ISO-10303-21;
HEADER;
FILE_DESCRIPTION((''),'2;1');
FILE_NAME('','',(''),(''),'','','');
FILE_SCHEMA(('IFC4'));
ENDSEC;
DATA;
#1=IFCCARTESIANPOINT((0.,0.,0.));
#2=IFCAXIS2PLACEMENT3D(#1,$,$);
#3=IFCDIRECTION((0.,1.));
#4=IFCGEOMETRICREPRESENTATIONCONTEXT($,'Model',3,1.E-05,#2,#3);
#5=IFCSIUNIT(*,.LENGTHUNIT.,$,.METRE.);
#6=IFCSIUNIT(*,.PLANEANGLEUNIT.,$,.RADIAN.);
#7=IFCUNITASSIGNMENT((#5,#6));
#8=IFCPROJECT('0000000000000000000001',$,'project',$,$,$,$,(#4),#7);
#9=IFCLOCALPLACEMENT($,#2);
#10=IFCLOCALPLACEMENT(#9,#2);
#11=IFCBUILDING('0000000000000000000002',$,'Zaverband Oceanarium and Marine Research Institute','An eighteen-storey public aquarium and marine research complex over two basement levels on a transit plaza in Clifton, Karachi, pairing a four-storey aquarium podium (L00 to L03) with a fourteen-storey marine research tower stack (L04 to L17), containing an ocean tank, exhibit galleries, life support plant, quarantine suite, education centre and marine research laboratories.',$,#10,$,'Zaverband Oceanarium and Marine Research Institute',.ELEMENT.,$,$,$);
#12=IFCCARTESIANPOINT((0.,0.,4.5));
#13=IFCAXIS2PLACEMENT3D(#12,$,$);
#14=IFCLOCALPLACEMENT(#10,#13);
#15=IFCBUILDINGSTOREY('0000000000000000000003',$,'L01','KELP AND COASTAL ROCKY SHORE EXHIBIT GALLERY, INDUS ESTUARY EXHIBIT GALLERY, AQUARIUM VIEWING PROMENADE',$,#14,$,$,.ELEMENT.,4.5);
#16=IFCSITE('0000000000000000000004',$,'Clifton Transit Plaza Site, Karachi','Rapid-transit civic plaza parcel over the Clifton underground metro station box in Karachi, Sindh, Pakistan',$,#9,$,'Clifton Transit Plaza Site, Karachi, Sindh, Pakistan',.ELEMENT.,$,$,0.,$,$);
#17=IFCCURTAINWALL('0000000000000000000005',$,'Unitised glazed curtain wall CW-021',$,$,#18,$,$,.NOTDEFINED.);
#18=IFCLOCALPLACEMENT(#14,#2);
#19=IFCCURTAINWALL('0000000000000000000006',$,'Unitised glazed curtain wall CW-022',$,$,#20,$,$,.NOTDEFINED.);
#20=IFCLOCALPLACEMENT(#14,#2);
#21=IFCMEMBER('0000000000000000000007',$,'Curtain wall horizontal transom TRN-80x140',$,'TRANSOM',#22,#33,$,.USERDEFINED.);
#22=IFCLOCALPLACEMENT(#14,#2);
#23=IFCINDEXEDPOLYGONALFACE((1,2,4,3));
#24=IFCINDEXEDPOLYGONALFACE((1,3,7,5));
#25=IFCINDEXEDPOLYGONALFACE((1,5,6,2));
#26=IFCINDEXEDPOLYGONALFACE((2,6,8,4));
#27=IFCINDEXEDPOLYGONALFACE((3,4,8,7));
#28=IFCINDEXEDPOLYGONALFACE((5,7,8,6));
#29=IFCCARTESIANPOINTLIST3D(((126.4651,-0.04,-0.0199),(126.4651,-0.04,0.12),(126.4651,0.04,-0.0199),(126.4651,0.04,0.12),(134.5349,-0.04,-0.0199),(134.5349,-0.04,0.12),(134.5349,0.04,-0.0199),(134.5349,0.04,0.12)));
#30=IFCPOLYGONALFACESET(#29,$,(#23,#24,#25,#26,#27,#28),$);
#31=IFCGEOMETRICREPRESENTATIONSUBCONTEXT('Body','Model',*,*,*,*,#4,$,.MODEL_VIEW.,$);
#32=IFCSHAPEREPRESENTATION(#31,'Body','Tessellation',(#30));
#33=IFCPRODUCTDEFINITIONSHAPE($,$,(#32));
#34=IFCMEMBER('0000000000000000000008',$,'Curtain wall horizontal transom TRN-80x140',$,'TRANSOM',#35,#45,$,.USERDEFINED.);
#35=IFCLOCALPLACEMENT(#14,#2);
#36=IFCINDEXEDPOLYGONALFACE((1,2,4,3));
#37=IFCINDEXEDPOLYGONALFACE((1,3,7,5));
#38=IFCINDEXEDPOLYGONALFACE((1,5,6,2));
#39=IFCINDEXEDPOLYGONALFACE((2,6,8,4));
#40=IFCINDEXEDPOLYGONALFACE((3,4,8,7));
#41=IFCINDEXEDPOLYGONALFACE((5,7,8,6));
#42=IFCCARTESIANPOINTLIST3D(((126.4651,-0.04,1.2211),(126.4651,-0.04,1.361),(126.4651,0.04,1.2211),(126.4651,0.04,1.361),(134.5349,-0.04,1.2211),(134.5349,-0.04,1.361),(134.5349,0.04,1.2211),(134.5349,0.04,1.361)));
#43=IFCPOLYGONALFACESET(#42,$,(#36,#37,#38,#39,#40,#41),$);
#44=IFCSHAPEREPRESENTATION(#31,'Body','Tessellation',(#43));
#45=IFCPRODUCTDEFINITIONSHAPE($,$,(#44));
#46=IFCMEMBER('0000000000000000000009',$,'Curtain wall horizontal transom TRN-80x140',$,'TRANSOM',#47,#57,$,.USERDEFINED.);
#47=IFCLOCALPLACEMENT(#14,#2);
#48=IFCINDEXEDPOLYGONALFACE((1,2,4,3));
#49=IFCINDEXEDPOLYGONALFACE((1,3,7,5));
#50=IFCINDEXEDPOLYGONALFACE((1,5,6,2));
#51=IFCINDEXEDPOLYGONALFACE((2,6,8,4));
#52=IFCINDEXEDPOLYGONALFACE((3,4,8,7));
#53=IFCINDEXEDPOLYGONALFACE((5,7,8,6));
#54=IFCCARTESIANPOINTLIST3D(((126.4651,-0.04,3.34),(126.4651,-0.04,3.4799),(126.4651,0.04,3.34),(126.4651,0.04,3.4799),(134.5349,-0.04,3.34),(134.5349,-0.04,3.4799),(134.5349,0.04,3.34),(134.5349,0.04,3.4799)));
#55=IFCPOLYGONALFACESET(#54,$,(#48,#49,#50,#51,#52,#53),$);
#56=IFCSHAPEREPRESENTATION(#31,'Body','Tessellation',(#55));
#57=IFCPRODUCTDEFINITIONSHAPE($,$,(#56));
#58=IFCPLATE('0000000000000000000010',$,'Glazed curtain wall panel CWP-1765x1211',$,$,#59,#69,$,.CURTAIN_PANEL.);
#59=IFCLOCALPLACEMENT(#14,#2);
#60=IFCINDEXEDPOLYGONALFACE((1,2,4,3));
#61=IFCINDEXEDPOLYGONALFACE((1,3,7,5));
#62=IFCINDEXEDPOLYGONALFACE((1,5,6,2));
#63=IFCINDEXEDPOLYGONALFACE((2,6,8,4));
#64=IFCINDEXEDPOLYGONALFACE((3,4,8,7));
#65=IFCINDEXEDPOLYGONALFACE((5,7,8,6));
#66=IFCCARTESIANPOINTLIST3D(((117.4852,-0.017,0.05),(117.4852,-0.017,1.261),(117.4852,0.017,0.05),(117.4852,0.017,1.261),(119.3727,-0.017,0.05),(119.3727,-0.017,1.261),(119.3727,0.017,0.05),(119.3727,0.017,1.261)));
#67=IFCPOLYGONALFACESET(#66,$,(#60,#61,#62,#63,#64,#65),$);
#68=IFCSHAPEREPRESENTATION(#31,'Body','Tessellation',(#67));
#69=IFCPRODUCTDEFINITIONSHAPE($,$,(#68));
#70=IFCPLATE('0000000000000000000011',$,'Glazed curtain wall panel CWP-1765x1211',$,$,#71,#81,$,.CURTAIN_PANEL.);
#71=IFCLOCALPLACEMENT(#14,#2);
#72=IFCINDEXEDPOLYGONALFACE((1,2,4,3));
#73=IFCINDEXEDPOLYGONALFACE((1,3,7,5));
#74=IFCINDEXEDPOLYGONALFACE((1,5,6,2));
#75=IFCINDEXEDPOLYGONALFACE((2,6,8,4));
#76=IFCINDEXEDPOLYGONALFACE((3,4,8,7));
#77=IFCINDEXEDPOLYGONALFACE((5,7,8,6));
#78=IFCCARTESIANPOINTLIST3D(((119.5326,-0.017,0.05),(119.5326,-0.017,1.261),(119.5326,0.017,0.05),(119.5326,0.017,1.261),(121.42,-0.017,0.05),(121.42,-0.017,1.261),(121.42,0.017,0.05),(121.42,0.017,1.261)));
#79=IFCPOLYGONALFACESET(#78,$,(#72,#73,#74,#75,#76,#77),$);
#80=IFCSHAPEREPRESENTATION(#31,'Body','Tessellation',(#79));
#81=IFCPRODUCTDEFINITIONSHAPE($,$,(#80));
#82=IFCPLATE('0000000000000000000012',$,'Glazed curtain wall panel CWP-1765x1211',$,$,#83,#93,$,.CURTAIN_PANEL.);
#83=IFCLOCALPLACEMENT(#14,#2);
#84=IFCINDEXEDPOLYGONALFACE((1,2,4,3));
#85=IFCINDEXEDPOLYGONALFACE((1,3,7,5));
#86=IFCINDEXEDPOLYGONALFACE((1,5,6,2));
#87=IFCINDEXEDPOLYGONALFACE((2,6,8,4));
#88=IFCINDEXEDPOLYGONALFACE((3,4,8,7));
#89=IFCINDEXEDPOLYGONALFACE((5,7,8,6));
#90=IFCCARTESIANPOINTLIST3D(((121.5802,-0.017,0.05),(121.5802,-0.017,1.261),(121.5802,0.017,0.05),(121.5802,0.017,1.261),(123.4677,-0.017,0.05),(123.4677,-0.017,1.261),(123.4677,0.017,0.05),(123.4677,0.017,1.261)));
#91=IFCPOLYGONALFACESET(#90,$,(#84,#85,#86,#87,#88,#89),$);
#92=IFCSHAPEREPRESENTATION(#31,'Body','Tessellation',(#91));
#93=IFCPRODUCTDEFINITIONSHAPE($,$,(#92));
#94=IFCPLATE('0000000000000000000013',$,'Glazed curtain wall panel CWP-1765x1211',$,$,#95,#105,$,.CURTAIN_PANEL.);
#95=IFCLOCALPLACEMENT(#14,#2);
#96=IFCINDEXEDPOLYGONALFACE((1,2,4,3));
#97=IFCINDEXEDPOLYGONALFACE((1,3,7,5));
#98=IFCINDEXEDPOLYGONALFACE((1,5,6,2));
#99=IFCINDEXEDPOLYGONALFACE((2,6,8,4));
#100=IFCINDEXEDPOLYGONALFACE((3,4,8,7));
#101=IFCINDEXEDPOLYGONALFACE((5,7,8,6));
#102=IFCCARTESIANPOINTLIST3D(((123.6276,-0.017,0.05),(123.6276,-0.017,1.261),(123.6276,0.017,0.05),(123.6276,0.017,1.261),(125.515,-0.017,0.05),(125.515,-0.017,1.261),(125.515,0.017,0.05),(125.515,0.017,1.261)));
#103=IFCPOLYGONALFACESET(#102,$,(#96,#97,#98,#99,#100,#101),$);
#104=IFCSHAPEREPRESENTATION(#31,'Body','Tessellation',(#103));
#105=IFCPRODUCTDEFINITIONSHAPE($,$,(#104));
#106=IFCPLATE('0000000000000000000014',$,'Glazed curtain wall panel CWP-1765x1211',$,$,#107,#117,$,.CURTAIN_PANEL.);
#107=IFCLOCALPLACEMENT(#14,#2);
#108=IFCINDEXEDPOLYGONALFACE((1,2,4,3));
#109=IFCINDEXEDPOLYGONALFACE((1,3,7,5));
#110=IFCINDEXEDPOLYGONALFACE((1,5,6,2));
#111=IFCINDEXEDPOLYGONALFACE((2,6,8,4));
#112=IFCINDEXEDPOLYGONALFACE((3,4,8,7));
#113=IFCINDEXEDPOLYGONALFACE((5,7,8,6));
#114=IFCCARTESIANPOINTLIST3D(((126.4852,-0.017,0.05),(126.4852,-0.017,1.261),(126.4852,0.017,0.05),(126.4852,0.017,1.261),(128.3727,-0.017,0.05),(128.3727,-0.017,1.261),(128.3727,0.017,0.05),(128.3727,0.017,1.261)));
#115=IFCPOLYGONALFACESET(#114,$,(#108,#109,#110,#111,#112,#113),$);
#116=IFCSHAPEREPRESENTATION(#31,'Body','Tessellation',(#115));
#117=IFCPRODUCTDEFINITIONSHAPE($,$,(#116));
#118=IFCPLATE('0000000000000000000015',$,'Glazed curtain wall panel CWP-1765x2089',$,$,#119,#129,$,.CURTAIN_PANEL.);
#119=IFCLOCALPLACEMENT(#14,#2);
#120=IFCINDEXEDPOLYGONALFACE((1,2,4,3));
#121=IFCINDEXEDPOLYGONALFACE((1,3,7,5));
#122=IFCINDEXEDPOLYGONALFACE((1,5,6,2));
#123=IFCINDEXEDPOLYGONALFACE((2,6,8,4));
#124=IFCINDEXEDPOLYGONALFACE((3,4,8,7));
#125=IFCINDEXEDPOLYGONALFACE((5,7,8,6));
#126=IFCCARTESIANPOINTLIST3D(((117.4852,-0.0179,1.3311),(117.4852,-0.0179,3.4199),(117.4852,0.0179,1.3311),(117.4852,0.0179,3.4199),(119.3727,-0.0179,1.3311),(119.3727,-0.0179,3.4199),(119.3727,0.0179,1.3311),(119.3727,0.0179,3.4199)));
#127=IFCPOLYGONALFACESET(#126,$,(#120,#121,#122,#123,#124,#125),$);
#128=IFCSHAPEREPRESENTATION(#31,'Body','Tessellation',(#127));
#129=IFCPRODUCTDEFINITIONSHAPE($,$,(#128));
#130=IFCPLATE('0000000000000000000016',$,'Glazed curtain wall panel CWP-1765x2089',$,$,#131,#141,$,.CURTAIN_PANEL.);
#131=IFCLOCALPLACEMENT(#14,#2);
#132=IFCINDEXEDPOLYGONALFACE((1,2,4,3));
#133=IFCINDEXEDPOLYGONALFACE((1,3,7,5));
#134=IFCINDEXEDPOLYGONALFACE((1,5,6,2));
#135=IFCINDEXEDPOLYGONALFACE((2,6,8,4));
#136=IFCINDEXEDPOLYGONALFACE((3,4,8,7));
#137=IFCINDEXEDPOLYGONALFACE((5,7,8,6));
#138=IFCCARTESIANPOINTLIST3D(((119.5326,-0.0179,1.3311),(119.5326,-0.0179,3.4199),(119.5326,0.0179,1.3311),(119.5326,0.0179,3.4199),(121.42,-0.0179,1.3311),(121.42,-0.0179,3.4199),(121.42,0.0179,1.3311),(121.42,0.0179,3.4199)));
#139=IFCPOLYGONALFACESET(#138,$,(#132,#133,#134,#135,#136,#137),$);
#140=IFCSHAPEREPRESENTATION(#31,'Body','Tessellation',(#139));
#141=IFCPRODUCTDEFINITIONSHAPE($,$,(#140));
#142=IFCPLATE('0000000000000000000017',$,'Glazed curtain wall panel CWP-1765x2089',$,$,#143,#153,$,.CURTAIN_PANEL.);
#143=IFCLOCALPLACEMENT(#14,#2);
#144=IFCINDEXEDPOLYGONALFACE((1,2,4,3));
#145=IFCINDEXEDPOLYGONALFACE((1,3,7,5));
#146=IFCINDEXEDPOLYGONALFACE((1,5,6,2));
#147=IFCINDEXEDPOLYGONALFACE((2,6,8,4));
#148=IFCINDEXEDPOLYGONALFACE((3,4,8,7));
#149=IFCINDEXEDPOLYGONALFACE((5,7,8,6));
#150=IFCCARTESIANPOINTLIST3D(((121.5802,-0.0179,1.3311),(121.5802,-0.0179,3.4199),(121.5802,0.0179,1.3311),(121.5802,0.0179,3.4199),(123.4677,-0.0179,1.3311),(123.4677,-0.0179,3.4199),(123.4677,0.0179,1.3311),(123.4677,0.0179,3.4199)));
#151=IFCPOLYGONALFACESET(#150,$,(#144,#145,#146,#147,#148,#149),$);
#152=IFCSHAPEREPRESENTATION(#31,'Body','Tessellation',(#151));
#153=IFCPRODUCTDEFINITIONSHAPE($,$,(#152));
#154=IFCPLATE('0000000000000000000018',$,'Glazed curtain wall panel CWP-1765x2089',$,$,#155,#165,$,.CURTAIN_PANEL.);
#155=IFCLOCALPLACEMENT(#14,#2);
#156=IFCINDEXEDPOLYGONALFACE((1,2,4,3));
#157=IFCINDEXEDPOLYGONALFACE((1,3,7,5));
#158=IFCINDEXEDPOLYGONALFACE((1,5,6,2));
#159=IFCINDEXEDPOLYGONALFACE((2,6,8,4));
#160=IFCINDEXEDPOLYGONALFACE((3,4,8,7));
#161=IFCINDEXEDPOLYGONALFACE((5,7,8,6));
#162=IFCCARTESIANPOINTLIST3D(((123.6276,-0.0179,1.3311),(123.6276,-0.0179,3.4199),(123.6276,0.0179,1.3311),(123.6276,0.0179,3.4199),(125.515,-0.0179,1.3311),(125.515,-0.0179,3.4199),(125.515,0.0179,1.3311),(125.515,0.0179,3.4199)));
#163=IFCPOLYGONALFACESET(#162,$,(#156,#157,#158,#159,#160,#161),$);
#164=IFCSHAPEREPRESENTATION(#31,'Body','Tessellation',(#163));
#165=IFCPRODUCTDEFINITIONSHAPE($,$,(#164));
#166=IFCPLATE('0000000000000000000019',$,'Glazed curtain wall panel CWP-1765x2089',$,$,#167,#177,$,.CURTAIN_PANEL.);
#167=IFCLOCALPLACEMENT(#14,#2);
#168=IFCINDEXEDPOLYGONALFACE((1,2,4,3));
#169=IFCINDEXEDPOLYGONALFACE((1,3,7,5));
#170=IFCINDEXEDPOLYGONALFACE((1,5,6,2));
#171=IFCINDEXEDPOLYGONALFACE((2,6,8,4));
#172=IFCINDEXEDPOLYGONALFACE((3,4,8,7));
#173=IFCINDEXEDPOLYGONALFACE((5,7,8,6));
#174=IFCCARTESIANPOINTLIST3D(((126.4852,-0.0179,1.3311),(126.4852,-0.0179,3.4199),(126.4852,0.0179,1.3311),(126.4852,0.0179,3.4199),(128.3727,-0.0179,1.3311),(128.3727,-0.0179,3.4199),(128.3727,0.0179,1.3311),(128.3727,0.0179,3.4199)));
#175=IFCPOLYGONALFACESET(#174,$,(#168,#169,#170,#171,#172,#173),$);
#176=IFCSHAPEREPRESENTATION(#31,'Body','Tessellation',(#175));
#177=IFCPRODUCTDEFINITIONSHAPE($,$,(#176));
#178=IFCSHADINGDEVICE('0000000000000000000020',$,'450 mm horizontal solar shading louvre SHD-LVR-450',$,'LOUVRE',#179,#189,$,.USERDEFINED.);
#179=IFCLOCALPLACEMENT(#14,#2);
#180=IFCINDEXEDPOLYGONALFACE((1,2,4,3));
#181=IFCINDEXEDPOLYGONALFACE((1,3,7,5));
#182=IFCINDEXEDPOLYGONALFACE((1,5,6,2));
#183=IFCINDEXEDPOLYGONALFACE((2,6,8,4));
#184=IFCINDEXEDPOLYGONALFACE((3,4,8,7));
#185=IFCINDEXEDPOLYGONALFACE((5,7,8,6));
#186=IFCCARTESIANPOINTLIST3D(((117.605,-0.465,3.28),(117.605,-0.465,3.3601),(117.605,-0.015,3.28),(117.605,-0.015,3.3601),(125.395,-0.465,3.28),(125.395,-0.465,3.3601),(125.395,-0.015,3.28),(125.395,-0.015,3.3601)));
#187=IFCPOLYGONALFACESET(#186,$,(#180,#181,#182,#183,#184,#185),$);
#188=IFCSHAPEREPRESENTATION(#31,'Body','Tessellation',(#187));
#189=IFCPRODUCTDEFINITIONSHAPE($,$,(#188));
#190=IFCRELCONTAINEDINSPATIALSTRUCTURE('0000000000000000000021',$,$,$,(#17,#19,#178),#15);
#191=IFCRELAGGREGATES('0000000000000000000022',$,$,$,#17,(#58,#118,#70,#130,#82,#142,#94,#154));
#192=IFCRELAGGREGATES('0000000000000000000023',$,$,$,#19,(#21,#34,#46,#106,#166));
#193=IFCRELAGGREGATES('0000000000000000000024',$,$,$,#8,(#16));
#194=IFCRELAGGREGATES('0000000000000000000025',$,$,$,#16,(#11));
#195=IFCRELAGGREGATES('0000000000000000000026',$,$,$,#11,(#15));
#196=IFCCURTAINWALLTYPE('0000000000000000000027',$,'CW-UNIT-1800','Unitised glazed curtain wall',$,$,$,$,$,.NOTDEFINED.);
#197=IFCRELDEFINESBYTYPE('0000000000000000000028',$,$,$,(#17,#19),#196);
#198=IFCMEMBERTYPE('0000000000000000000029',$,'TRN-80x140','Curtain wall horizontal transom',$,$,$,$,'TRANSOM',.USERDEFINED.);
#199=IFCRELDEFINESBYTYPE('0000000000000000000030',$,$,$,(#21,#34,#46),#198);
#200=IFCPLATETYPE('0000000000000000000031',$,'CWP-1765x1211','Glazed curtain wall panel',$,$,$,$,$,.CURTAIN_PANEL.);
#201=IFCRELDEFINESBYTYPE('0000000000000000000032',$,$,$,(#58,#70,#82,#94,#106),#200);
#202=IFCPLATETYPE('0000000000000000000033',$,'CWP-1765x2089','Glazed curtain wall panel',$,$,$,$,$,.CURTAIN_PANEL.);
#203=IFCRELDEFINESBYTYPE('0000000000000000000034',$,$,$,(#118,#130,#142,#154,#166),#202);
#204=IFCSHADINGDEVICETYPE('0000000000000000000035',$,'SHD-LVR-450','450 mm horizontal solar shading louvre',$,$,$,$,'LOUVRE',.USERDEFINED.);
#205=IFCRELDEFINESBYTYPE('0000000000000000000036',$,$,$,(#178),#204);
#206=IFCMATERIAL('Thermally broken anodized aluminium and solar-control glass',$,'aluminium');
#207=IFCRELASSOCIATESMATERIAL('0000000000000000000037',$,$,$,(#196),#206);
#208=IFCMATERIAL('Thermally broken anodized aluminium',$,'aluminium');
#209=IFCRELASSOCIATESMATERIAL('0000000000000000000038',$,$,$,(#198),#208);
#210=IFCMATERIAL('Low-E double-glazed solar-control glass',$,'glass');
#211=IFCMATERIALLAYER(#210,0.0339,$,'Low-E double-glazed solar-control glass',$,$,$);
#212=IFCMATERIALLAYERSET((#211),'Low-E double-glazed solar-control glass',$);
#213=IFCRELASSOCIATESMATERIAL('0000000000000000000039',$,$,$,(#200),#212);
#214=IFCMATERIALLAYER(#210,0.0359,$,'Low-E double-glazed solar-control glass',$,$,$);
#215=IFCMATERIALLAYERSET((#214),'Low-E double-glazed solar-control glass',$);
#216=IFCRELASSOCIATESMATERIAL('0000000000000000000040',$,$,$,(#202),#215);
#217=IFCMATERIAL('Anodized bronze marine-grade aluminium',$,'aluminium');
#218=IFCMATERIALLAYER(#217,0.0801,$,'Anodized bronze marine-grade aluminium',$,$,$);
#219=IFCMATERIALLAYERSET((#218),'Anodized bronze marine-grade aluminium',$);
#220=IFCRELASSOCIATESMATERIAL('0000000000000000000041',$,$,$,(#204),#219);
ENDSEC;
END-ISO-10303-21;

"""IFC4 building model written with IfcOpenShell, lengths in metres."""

from ifc_helpers import new_model, si_unit, direction, frame, frame_2d, origin, origin_2d, place, context, subcontext, project, spatial, rectangle, extrude, material, layer, layer_set, material_profile, profile_set, type_object, element, aggregate, save


model = new_model("IFC4")

# Units and contexts
model_context = context("Model", 3, precision=1e-05, world=origin(), true_north=direction((0.0, 1.0)))
body_context = subcontext(model_context, "Body", "Model", "MODEL_VIEW")
ifc_project = project(units=[si_unit("LENGTHUNIT", "METRE"), si_unit("PLANEANGLEUNIT", "RADIAN")], contexts=[model_context])

# Site, building, storey
site_placement = place(None, origin())
site = spatial("IfcSite", under=ifc_project, at=site_placement, Name="Clifton Transit Plaza Site, Karachi", Description="Rapid-transit civic plaza parcel over the Clifton underground metro station box in Karachi, Sindh, Pakistan", LongName="Clifton Transit Plaza Site, Karachi, Sindh, Pakistan", CompositionType="ELEMENT", RefElevation=0.0)
building_placement = place(site_placement, origin())
building = spatial("IfcBuilding", under=site, at=building_placement, Name="Zaverband Oceanarium and Marine Research Institute", Description="An eighteen-storey public aquarium and marine research complex over two basement levels on a transit plaza in Clifton, Karachi, pairing a four-storey aquarium podium (L00 to L03) with a fourteen-storey marine research tower stack (L04 to L17), containing an ocean tank, exhibit galleries, life support plant, quarantine suite, education centre and marine research laboratories.", LongName="Zaverband Oceanarium and Marine Research Institute", CompositionType="ELEMENT")
storey_placement = place(building_placement, frame((0.0, 0.0, 4.5)))
storey = spatial("IfcBuildingStorey", under=building, at=storey_placement, Name="L01", Description="KELP AND COASTAL ROCKY SHORE EXHIBIT GALLERY, INDUS ESTUARY EXHIBIT GALLERY, AQUARIUM VIEWING PROMENADE", CompositionType="ELEMENT", Elevation=4.5)

# Curtain wall
ifc_material_1 = material(Name="Thermally broken anodized aluminium and solar-control glass", Category="aluminium")
curtain_wall_type = type_object("IfcCurtainWallType", Name="CW-UNIT-1800", Description="Unitised glazed curtain wall", PredefinedType="NOTDEFINED", material=ifc_material_1)
curtain_wall_1_placement = place(storey_placement, origin())
curtain_wall_1 = element("IfcCurtainWall", 1, at=curtain_wall_1_placement, inside=storey, type_object=curtain_wall_type, Name="Unitised glazed curtain wall CW-021", PredefinedType="NOTDEFINED")
ifc_material_2 = material(Name="Thermally broken anodized aluminium", Category="aluminium")

# Curtain wall
curtain_wall_2_placement = place(storey_placement, origin())
curtain_wall_2 = element("IfcCurtainWall", 2, at=curtain_wall_2_placement, inside=storey, type_object=curtain_wall_type, Name="Unitised glazed curtain wall CW-022", PredefinedType="NOTDEFINED")

# Members
ifc_material_profile_1 = material_profile(ifc_material_2, rectangle(XDim=0.0801, YDim=0.1399, at=origin_2d()), Name="AL-TRN-80x140")
ifc_profile_set_1 = profile_set([ifc_material_profile_1], Name="Thermally broken anodized aluminium")
member_type_1 = type_object("IfcMemberType", Name="TRN-80x140", Description="Curtain wall horizontal transom", ElementType="TRANSOM", PredefinedType="USERDEFINED", material=ifc_profile_set_1)
member_1_placement = place(storey_placement, frame((126.4651, 0.0, 0.05), z_axis=(1.0, 0.0, 0.0), x_axis=(0.0, 1.0, 0.0)))
member_1 = element("IfcMember", 3, at=member_1_placement, type_object=member_type_1, Name="Curtain wall horizontal transom TRN-80x140", ObjectType="TRANSOM", PredefinedType="USERDEFINED", context=body_context, shape_type="SweptSolid", body=[
    extrude(rectangle(XDim=0.0801, YDim=0.1399, at=origin_2d()), origin(), (0.0, 0.0, 1.0), 8.0698),
])
member_2_placement = place(storey_placement, frame((126.4651, 0.0, 1.291), z_axis=(1.0, 0.0, 0.0), x_axis=(0.0, 1.0, 0.0)))
member_2 = element("IfcMember", 4, at=member_2_placement, type_object=member_type_1, Name="Curtain wall horizontal transom TRN-80x140", ObjectType="TRANSOM", PredefinedType="USERDEFINED", context=body_context, shape_type="SweptSolid", body=[
    extrude(rectangle(XDim=0.0801, YDim=0.1399, at=origin_2d()), origin(), (0.0, 0.0, 1.0), 8.0698),
])
member_3_placement = place(storey_placement, frame((126.4651, 0.0, 3.4099), z_axis=(1.0, 0.0, 0.0), x_axis=(0.0, 1.0, 0.0)))
member_3 = element("IfcMember", 5, at=member_3_placement, type_object=member_type_1, Name="Curtain wall horizontal transom TRN-80x140", ObjectType="TRANSOM", PredefinedType="USERDEFINED", context=body_context, shape_type="SweptSolid", body=[
    extrude(rectangle(XDim=0.0801, YDim=0.1399, at=origin_2d()), origin(), (0.0, 0.0, 1.0), 8.0698),
])

# Plates
ifc_material_3 = material(Name="Low-E double-glazed solar-control glass", Category="glass")
ifc_layer_1 = layer(ifc_material_3, 0.0339, Name="Low-E double-glazed solar-control glass")
ifc_layer_set_1 = layer_set([ifc_layer_1], Name="Low-E double-glazed solar-control glass")
plate_type_1 = type_object("IfcPlateType", Name="CWP-1765x1211", Description="Glazed curtain wall panel", PredefinedType="CURTAIN_PANEL", material=ifc_layer_set_1)
plate_1_placement = place(storey_placement, frame((117.4851, 0.0, 0.05), z_axis=(0.0, 0.0, 1.0), x_axis=(1.0, 0.0, 0.0)))
plate_1 = element("IfcPlate", 6, at=plate_1_placement, type_object=plate_type_1, Name="Glazed curtain wall panel CWP-1765x1211", PredefinedType="CURTAIN_PANEL", context=body_context, shape_type="SweptSolid", body=[
    extrude(rectangle(XDim=1.8875, YDim=0.0339, at=frame_2d((0.9438, 0.0))), origin(), (0.0, 0.0, 1.0), 1.2109),
])
plate_2_placement = place(storey_placement, frame((119.5325, 0.0, 0.05), z_axis=(0.0, 0.0, 1.0), x_axis=(1.0, 0.0, 0.0)))
plate_2 = element("IfcPlate", 7, at=plate_2_placement, type_object=plate_type_1, Name="Glazed curtain wall panel CWP-1765x1211", PredefinedType="CURTAIN_PANEL", context=body_context, shape_type="SweptSolid", body=[
    extrude(rectangle(XDim=1.8875, YDim=0.0339, at=frame_2d((0.9438, 0.0))), origin(), (0.0, 0.0, 1.0), 1.2109),
])
plate_3_placement = place(storey_placement, frame((121.5801, 0.0, 0.05), z_axis=(0.0, 0.0, 1.0), x_axis=(1.0, 0.0, 0.0)))
plate_3 = element("IfcPlate", 8, at=plate_3_placement, type_object=plate_type_1, Name="Glazed curtain wall panel CWP-1765x1211", PredefinedType="CURTAIN_PANEL", context=body_context, shape_type="SweptSolid", body=[
    extrude(rectangle(XDim=1.8875, YDim=0.0339, at=frame_2d((0.9438, 0.0))), origin(), (0.0, 0.0, 1.0), 1.2109),
])
plate_4_placement = place(storey_placement, frame((123.6274, 0.0, 0.05), z_axis=(0.0, 0.0, 1.0), x_axis=(1.0, 0.0, 0.0)))
plate_4 = element("IfcPlate", 9, at=plate_4_placement, type_object=plate_type_1, Name="Glazed curtain wall panel CWP-1765x1211", PredefinedType="CURTAIN_PANEL", context=body_context, shape_type="SweptSolid", body=[
    extrude(rectangle(XDim=1.8875, YDim=0.0339, at=frame_2d((0.9438, 0.0))), origin(), (0.0, 0.0, 1.0), 1.2109),
])
plate_5_placement = place(storey_placement, frame((126.4851, 0.0, 0.05), z_axis=(0.0, 0.0, 1.0), x_axis=(1.0, 0.0, 0.0)))
plate_5 = element("IfcPlate", 10, at=plate_5_placement, type_object=plate_type_1, Name="Glazed curtain wall panel CWP-1765x1211", PredefinedType="CURTAIN_PANEL", context=body_context, shape_type="SweptSolid", body=[
    extrude(rectangle(XDim=1.8875, YDim=0.0339, at=frame_2d((0.9438, 0.0))), origin(), (0.0, 0.0, 1.0), 1.2109),
])
ifc_layer_2 = layer(ifc_material_3, 0.0359, Name="Low-E double-glazed solar-control glass")
ifc_layer_set_2 = layer_set([ifc_layer_2], Name="Low-E double-glazed solar-control glass")
plate_type_2 = type_object("IfcPlateType", Name="CWP-1765x2089", Description="Glazed curtain wall panel", PredefinedType="CURTAIN_PANEL", material=ifc_layer_set_2)
plate_6_placement = place(storey_placement, frame((117.4851, 0.0, 1.3311), z_axis=(0.0, 0.0, 1.0), x_axis=(1.0, 0.0, 0.0)))
plate_6 = element("IfcPlate", 11, at=plate_6_placement, type_object=plate_type_2, Name="Glazed curtain wall panel CWP-1765x2089", PredefinedType="CURTAIN_PANEL", context=body_context, shape_type="SweptSolid", body=[
    extrude(rectangle(XDim=1.8875, YDim=0.0359, at=frame_2d((0.9438, 0.0))), origin(), (0.0, 0.0, 1.0), 2.0889),
])
plate_7_placement = place(storey_placement, frame((119.5325, 0.0, 1.3311), z_axis=(0.0, 0.0, 1.0), x_axis=(1.0, 0.0, 0.0)))
plate_7 = element("IfcPlate", 12, at=plate_7_placement, type_object=plate_type_2, Name="Glazed curtain wall panel CWP-1765x2089", PredefinedType="CURTAIN_PANEL", context=body_context, shape_type="SweptSolid", body=[
    extrude(rectangle(XDim=1.8875, YDim=0.0359, at=frame_2d((0.9438, 0.0))), origin(), (0.0, 0.0, 1.0), 2.0889),
])
plate_8_placement = place(storey_placement, frame((121.5801, 0.0, 1.3311), z_axis=(0.0, 0.0, 1.0), x_axis=(1.0, 0.0, 0.0)))
plate_8 = element("IfcPlate", 13, at=plate_8_placement, type_object=plate_type_2, Name="Glazed curtain wall panel CWP-1765x2089", PredefinedType="CURTAIN_PANEL", context=body_context, shape_type="SweptSolid", body=[
    extrude(rectangle(XDim=1.8875, YDim=0.0359, at=frame_2d((0.9438, 0.0))), origin(), (0.0, 0.0, 1.0), 2.0889),
])
plate_9_placement = place(storey_placement, frame((123.6274, 0.0, 1.3311), z_axis=(0.0, 0.0, 1.0), x_axis=(1.0, 0.0, 0.0)))
plate_9 = element("IfcPlate", 14, at=plate_9_placement, type_object=plate_type_2, Name="Glazed curtain wall panel CWP-1765x2089", PredefinedType="CURTAIN_PANEL", context=body_context, shape_type="SweptSolid", body=[
    extrude(rectangle(XDim=1.8875, YDim=0.0359, at=frame_2d((0.9438, 0.0))), origin(), (0.0, 0.0, 1.0), 2.0889),
])
aggregate(curtain_wall_1, [plate_1, plate_6, plate_2, plate_7, plate_3, plate_8, plate_4, plate_9])
plate_10_placement = place(storey_placement, frame((126.4851, 0.0, 1.3311), z_axis=(0.0, 0.0, 1.0), x_axis=(1.0, 0.0, 0.0)))
plate_10 = element("IfcPlate", 15, at=plate_10_placement, type_object=plate_type_2, Name="Glazed curtain wall panel CWP-1765x2089", PredefinedType="CURTAIN_PANEL", context=body_context, shape_type="SweptSolid", body=[
    extrude(rectangle(XDim=1.8875, YDim=0.0359, at=frame_2d((0.9438, 0.0))), origin(), (0.0, 0.0, 1.0), 2.0889),
])
aggregate(curtain_wall_2, [member_1, member_2, member_3, plate_5, plate_10])

# Shading device
ifc_material_4 = material(Name="Anodized bronze marine-grade aluminium", Category="aluminium")
ifc_layer_3 = layer(ifc_material_4, 0.0801, Name="Anodized bronze marine-grade aluminium")
ifc_layer_set_3 = layer_set([ifc_layer_3], Name="Anodized bronze marine-grade aluminium")
shading_device_type = type_object("IfcShadingDeviceType", Name="SHD-LVR-450", Description="450 mm horizontal solar shading louvre", ElementType="LOUVRE", PredefinedType="USERDEFINED", material=ifc_layer_set_3)
shading_device_placement = place(storey_placement, frame((117.605, -0.24, 3.28), z_axis=(0.0, 0.0, 1.0), x_axis=(1.0, 0.0, 0.0)))
element("IfcShadingDevice", 16, at=shading_device_placement, inside=storey, type_object=shading_device_type, Name="450 mm horizontal solar shading louvre SHD-LVR-450", ObjectType="LOUVRE", PredefinedType="USERDEFINED", context=body_context, shape_type="SweptSolid", body=[
    extrude(rectangle(XDim=7.79, YDim=0.45, at=frame_2d((3.895, 0.0))), origin(), (0.0, 0.0, 1.0), 0.0801),
])

save(model, "model.ifc")
